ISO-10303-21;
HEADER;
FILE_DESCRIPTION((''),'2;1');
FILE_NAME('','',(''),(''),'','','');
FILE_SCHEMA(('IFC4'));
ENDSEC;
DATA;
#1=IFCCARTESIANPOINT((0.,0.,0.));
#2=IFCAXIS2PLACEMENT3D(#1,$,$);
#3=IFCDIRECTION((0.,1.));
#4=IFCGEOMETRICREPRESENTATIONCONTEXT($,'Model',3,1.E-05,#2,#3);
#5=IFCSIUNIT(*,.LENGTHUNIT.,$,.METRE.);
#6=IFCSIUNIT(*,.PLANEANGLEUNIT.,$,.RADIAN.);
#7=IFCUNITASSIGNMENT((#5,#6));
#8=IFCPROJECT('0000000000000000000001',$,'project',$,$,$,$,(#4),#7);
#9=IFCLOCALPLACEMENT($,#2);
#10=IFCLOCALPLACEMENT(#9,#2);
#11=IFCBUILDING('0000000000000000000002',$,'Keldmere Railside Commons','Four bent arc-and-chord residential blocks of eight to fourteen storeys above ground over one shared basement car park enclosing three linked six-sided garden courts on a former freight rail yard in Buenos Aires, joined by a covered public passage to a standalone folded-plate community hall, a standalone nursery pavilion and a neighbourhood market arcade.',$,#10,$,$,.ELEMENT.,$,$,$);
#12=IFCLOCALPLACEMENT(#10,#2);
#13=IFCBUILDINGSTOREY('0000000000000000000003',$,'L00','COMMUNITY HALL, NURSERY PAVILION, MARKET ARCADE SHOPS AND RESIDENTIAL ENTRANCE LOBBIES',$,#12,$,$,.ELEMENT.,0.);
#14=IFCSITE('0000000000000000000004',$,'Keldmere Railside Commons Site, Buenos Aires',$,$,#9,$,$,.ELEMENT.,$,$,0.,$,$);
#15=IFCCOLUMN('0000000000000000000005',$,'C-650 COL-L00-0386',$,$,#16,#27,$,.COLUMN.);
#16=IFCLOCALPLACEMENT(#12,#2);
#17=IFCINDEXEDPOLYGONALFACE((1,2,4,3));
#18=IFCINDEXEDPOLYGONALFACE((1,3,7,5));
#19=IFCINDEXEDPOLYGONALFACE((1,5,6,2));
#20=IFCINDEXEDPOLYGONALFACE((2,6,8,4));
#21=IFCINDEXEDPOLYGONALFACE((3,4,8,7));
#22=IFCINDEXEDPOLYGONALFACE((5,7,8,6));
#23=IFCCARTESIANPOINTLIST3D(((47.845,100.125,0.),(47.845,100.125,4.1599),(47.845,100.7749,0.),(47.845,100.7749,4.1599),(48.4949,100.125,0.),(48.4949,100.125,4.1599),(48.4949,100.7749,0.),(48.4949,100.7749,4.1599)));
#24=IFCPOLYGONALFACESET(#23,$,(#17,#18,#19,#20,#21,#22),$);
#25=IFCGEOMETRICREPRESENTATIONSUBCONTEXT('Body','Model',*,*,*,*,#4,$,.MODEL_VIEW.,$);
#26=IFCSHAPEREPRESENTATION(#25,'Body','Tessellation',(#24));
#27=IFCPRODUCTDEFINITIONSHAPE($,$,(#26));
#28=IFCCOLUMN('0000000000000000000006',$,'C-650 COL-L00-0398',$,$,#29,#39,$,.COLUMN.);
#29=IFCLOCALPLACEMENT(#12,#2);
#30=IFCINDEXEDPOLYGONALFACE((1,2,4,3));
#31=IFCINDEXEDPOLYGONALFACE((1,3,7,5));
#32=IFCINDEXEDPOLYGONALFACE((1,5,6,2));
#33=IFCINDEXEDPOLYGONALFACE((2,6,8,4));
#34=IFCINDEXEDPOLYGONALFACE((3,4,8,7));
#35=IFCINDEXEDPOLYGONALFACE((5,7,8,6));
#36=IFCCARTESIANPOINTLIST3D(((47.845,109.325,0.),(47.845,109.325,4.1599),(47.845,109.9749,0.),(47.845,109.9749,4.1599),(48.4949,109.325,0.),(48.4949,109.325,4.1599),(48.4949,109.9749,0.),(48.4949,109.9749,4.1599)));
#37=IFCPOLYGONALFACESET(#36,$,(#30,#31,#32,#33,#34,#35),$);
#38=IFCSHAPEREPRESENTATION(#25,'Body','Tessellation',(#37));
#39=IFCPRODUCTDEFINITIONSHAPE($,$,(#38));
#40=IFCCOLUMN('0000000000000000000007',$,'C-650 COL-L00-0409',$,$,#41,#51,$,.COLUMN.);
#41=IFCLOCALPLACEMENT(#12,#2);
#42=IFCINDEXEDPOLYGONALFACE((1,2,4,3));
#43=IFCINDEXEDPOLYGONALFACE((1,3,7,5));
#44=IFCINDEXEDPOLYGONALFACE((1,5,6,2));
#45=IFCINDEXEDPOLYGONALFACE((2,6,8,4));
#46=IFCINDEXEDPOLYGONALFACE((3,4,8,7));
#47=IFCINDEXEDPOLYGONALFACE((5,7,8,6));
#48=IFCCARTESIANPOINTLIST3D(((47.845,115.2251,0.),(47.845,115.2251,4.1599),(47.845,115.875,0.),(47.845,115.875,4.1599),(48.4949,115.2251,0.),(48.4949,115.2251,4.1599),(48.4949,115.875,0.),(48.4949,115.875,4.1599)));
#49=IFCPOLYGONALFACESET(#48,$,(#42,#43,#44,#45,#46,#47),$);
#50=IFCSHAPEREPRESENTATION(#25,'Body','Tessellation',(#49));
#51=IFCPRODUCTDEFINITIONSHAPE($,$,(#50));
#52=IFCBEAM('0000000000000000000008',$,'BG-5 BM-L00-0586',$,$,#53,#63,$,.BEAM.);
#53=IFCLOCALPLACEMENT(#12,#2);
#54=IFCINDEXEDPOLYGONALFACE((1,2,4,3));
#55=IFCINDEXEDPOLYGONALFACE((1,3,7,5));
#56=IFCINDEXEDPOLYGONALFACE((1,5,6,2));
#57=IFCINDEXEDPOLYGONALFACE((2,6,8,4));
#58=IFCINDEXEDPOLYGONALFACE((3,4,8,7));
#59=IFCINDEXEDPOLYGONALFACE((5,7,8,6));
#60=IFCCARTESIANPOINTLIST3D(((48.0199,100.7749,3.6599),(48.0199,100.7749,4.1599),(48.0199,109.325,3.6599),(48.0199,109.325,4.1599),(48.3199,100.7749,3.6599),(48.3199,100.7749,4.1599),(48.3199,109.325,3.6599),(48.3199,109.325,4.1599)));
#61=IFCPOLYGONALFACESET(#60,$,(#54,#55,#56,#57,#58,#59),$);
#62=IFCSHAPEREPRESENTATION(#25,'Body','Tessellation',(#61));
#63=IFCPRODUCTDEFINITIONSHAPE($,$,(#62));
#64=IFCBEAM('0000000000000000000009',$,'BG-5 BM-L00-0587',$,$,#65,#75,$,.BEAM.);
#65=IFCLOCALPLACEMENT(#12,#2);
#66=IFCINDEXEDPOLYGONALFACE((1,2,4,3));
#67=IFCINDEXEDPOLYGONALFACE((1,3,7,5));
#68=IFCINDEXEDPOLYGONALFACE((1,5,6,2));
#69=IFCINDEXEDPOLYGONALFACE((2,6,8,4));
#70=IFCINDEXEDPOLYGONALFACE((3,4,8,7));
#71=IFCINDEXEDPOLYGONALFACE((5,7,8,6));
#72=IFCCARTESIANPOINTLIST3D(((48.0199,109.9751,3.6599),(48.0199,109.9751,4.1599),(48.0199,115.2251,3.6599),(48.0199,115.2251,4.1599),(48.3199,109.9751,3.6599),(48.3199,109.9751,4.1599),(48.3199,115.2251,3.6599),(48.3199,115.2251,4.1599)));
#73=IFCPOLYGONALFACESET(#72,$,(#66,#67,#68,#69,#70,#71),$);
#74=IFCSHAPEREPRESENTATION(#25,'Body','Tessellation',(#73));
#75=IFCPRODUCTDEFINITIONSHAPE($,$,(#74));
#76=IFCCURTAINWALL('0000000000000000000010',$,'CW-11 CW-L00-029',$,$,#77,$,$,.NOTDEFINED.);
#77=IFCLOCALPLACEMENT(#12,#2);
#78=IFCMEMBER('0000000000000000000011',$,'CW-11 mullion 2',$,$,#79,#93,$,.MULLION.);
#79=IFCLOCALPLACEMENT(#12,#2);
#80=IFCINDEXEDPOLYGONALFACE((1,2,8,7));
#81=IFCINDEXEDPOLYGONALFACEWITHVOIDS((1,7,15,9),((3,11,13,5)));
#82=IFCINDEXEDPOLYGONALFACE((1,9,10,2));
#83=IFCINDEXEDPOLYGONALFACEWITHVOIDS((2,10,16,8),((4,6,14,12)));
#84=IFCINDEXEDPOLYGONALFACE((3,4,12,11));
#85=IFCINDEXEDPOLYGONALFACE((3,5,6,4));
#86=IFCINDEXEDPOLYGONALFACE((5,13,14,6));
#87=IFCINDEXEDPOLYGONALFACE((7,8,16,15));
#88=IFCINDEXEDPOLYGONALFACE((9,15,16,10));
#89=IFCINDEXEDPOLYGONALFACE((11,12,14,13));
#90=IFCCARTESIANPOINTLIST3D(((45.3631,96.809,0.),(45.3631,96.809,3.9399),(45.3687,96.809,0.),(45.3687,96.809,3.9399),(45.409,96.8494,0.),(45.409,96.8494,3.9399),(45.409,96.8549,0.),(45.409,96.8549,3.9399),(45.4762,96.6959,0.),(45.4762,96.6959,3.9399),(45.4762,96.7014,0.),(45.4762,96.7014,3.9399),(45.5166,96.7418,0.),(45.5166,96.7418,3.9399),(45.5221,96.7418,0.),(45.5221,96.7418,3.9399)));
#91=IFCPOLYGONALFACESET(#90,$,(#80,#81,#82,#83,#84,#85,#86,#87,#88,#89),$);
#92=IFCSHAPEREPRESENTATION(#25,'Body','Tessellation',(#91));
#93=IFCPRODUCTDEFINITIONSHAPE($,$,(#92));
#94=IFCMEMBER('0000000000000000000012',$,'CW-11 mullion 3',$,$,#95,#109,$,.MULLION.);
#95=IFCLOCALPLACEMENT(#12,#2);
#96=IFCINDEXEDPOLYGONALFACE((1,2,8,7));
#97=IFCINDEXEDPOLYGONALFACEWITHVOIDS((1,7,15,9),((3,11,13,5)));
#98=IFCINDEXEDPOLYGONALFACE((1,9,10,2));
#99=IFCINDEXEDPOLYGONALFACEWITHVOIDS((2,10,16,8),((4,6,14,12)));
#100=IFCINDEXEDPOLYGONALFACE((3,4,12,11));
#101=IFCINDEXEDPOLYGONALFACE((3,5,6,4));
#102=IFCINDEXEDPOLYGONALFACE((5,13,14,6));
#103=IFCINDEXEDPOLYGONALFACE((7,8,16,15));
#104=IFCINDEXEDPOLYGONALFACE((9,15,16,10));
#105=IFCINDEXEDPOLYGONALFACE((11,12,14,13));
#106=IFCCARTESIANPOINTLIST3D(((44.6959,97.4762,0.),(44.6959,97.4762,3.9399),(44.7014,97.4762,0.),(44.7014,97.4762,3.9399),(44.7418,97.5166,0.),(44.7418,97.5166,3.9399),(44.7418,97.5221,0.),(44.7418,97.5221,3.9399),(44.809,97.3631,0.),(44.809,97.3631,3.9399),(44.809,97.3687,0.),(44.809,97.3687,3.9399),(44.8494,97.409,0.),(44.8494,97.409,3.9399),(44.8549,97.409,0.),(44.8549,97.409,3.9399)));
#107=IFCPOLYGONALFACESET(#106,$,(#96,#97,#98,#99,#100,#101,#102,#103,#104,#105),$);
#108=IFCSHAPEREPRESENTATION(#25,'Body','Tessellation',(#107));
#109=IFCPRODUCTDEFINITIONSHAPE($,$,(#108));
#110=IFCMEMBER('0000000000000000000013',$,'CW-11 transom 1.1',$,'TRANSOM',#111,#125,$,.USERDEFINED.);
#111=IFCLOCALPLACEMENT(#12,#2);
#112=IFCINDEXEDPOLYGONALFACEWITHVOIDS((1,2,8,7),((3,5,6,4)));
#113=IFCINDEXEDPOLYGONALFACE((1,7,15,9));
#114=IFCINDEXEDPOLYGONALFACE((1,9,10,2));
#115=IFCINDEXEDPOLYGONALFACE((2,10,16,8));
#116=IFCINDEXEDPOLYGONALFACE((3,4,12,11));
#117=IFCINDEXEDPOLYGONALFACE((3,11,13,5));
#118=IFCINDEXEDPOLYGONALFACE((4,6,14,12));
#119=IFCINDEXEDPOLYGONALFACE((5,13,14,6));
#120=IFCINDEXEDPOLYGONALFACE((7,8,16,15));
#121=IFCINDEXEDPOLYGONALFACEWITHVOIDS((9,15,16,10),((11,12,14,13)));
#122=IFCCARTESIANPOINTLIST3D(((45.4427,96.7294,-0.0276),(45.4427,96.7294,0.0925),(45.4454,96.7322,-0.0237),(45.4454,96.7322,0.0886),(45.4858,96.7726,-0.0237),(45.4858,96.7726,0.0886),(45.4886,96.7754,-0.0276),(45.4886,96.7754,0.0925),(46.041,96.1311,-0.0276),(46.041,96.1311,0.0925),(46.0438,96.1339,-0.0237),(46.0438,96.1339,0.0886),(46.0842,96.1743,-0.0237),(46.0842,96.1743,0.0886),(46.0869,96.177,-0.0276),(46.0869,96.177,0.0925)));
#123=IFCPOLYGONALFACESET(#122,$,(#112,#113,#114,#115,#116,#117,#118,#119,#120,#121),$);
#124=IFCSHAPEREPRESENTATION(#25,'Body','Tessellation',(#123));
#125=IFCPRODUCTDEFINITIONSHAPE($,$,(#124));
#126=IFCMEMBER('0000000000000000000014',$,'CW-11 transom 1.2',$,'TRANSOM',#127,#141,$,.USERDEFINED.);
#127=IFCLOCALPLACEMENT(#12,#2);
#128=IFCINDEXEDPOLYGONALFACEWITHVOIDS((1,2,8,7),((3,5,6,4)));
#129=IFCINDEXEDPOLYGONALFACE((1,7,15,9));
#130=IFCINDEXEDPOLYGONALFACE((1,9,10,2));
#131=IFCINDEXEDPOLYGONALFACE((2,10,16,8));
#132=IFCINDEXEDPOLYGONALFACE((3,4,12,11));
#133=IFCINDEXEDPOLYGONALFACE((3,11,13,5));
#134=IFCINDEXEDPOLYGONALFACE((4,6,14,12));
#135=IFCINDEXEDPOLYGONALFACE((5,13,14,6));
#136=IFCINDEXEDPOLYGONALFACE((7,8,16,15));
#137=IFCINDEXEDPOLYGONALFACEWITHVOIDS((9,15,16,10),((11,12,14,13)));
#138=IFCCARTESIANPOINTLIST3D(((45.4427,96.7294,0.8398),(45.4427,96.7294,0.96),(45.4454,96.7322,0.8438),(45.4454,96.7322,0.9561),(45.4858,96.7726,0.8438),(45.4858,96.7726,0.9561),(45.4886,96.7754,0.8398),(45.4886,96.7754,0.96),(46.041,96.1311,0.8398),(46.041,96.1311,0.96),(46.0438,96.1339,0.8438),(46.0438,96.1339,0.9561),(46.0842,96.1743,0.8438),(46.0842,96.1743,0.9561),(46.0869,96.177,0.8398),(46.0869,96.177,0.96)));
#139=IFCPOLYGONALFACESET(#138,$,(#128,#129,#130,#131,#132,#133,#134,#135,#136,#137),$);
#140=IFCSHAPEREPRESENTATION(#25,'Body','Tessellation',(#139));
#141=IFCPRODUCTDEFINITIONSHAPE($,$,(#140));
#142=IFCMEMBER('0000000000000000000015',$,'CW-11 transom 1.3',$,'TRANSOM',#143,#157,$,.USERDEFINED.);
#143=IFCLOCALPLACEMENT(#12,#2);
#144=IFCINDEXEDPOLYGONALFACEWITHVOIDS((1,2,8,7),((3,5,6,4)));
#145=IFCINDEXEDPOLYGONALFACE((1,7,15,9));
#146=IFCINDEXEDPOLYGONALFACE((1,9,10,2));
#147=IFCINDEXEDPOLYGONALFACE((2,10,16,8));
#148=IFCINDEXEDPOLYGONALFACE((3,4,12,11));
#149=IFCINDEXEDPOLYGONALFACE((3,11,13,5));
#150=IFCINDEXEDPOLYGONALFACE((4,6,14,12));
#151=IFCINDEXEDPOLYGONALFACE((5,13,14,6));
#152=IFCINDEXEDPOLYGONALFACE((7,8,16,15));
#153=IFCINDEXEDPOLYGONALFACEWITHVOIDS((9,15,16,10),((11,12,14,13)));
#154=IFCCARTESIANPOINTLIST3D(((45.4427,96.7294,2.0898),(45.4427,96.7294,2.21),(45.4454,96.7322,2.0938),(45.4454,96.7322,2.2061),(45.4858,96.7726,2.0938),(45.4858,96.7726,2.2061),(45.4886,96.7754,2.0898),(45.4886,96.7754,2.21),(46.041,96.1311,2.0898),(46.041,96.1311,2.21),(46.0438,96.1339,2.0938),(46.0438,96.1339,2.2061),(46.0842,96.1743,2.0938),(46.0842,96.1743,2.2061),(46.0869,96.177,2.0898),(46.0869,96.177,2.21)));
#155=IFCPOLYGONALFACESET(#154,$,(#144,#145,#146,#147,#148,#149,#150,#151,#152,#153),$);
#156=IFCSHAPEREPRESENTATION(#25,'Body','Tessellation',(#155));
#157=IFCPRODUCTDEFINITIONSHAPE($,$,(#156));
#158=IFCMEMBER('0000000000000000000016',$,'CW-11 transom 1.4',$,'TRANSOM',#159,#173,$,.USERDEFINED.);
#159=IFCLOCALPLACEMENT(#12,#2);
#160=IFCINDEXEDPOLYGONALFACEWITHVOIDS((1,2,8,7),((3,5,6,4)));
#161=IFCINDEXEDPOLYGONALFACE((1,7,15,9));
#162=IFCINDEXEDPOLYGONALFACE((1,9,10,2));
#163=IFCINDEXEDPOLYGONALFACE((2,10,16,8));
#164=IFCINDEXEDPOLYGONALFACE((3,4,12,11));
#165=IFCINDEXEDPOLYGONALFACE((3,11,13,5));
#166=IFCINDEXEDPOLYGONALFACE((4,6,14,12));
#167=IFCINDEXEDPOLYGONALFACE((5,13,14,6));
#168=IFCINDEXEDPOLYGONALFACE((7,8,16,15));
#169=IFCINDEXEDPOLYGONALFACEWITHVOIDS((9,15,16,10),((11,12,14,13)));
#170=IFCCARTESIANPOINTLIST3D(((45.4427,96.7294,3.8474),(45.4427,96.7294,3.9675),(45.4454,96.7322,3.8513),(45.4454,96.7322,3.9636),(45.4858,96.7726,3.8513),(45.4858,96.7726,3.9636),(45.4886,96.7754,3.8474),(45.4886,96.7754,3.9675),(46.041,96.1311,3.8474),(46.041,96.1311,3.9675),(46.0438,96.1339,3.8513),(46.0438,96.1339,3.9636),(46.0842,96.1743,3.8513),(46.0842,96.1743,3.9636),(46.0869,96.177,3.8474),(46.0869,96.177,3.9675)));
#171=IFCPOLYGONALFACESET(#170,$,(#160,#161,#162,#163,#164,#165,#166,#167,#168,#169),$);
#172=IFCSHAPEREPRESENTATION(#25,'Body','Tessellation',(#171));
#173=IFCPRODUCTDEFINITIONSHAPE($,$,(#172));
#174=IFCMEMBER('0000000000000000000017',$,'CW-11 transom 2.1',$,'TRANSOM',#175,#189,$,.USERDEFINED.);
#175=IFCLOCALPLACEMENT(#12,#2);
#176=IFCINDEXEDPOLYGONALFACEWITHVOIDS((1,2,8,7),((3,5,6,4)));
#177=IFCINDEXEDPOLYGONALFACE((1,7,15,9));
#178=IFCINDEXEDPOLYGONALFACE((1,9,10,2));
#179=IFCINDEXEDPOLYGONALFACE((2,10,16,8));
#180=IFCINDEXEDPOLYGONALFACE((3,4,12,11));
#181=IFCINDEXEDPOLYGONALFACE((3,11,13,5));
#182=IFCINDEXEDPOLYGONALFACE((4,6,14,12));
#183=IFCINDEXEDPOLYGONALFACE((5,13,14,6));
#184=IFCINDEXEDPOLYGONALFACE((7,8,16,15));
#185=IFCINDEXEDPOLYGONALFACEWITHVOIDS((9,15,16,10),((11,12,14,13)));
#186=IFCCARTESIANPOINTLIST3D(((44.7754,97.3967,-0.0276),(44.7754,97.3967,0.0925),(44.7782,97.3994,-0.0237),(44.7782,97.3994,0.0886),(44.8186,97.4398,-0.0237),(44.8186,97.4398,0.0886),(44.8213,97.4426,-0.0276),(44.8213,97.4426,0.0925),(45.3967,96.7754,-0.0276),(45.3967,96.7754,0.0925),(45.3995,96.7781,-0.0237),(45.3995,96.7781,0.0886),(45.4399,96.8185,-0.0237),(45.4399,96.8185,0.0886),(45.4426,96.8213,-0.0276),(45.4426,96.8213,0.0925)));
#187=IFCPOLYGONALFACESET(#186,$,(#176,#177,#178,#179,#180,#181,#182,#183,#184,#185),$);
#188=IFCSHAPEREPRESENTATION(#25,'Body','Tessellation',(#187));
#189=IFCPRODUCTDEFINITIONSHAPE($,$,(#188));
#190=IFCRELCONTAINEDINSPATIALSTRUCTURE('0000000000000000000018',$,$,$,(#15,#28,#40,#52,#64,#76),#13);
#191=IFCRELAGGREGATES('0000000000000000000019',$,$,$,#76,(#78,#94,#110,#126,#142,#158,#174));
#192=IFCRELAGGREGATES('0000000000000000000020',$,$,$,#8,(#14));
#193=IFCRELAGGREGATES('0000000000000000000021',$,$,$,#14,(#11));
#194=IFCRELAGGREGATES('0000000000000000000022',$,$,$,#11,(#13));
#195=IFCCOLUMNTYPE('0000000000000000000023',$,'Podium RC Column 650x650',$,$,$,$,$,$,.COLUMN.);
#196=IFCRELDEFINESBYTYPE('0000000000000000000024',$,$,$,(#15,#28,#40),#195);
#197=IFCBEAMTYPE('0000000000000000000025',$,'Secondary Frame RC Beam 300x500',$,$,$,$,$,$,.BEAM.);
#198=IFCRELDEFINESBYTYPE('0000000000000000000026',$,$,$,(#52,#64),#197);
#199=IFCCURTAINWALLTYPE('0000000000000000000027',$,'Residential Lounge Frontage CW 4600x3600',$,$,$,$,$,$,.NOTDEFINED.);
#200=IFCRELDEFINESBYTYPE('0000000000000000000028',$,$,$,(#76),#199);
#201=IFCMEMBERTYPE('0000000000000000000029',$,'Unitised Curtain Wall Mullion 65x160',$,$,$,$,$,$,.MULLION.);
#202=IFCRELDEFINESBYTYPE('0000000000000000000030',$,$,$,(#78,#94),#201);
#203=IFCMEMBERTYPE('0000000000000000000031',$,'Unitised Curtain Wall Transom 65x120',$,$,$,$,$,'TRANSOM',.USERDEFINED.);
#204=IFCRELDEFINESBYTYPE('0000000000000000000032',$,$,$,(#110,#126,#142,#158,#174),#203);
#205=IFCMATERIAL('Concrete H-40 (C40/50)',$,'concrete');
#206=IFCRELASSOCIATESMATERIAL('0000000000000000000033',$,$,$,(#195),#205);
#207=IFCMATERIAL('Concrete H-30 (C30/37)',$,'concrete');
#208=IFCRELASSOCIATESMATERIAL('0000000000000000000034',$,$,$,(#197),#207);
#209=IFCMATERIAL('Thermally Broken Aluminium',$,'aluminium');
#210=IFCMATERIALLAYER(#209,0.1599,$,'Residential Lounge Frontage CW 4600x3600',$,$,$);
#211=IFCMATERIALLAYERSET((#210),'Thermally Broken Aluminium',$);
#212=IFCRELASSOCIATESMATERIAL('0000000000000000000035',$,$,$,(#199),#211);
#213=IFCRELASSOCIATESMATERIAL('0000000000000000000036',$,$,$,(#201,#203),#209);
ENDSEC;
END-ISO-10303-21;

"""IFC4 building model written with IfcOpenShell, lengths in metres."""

from ifc_helpers import new_model, si_unit, direction, frame, origin, origin_2d, place, context, subcontext, project, spatial, rectangle, hollow_rectangle, extrude, material, layer, layer_set, material_profile, profile_set, type_object, element, aggregate, save


model = new_model("IFC4")

# Units and contexts
model_context = context("Model", 3, precision=1e-05, world=origin(), true_north=direction((0.0, 1.0)))
body_context = subcontext(model_context, "Body", "Model", "MODEL_VIEW")
ifc_project = project(units=[si_unit("LENGTHUNIT", "METRE"), si_unit("PLANEANGLEUNIT", "RADIAN")], contexts=[model_context])

# Site, building, storey
site_placement = place(None, origin())
site = spatial("IfcSite", under=ifc_project, at=site_placement, Name="Keldmere Railside Commons Site, Buenos Aires", CompositionType="ELEMENT", RefElevation=0.0)
building_placement = place(site_placement, origin())
building = spatial("IfcBuilding", under=site, at=building_placement, Name="Keldmere Railside Commons", Description="Four bent arc-and-chord residential blocks of eight to fourteen storeys above ground over one shared basement car park enclosing three linked six-sided garden courts on a former freight rail yard in Buenos Aires, joined by a covered public passage to a standalone folded-plate community hall, a standalone nursery pavilion and a neighbourhood market arcade.", CompositionType="ELEMENT")
storey_placement = place(building_placement, origin())
storey = spatial("IfcBuildingStorey", under=building, at=storey_placement, Name="L00", Description="COMMUNITY HALL, NURSERY PAVILION, MARKET ARCADE SHOPS AND RESIDENTIAL ENTRANCE LOBBIES", CompositionType="ELEMENT", Elevation=0.0)

# Columns
ifc_material_1 = material(Name="Concrete H-40 (C40/50)", Category="concrete")
ifc_material_profile_1 = material_profile(ifc_material_1, rectangle(XDim=0.6499, YDim=0.6499, at=origin_2d()), Name="RC-650x650")
ifc_profile_set_1 = profile_set([ifc_material_profile_1], Name="Concrete H-40 (C40/50)")
column_type = type_object("IfcColumnType", Name="Podium RC Column 650x650", PredefinedType="COLUMN", material=ifc_profile_set_1)
for number, where, z_axis, x_axis, name in (
    (1, (48.1699, 100.45, 0.0), (0.0, 0.0, 1.0), (1.0, 0.0, 0.0), "C-650 COL-L00-0386"),
    (2, (48.1699, 109.6499, 0.0), (0.0, 0.0, 1.0), (1.0, 0.0, 0.0), "C-650 COL-L00-0398"),
    (3, (48.1699, 115.55, 0.0), (0.0, 0.0, 1.0), (1.0, 0.0, 0.0), "C-650 COL-L00-0409"),
):
    element("IfcColumn", number, at=place(storey_placement, frame(where, z_axis=z_axis, x_axis=x_axis)), inside=storey, type_object=column_type, Name=name, PredefinedType="COLUMN", context=body_context, shape_type="SweptSolid", body=[
        extrude(rectangle(XDim=0.6499, YDim=0.6499, at=origin_2d()), origin(), (0.0, 0.0, 1.0), 4.1599),
    ])

# Beams
ifc_material_2 = material(Name="Concrete H-30 (C30/37)", Category="concrete")
ifc_material_profile_2 = material_profile(ifc_material_2, rectangle(XDim=0.3, YDim=0.5, at=origin_2d()), Name="RC-300x500")
ifc_profile_set_2 = profile_set([ifc_material_profile_2], Name="Concrete H-30 (C30/37)")
beam_type = type_object("IfcBeamType", Name="Secondary Frame RC Beam 300x500", PredefinedType="BEAM", material=ifc_profile_set_2)
beam_1_placement = place(storey_placement, frame((48.1699, 100.7749, 3.9099), z_axis=(0.0, 1.0, 0.0), x_axis=(-1.0, 0.0, 0.0)))
element("IfcBeam", 4, at=beam_1_placement, inside=storey, type_object=beam_type, Name="BG-5 BM-L00-0586", PredefinedType="BEAM", context=body_context, shape_type="SweptSolid", body=[
    extrude(rectangle(XDim=0.3, YDim=0.5, at=origin_2d()), origin(), (0.0, 0.0, 1.0), 8.55),
])
beam_2_placement = place(storey_placement, frame((48.1699, 109.9751, 3.9099), z_axis=(0.0, 1.0, 0.0), x_axis=(-1.0, 0.0, 0.0)))
element("IfcBeam", 5, at=beam_2_placement, inside=storey, type_object=beam_type, Name="BG-5 BM-L00-0587", PredefinedType="BEAM", context=body_context, shape_type="SweptSolid", body=[
    extrude(rectangle(XDim=0.3, YDim=0.5, at=origin_2d()), origin(), (0.0, 0.0, 1.0), 5.25),
])

# Curtain wall, members
ifc_material_3 = material(Name="Thermally Broken Aluminium", Category="aluminium")
ifc_layer_1 = layer(ifc_material_3, 0.1599, Name="Residential Lounge Frontage CW 4600x3600")
ifc_layer_set_1 = layer_set([ifc_layer_1], Name="Thermally Broken Aluminium")
curtain_wall_type = type_object("IfcCurtainWallType", Name="Residential Lounge Frontage CW 4600x3600", PredefinedType="NOTDEFINED", material=ifc_layer_set_1)
curtain_wall_placement = place(storey_placement, origin())
curtain_wall = element("IfcCurtainWall", 6, at=curtain_wall_placement, inside=storey, type_object=curtain_wall_type, Name="CW-11 CW-L00-029", PredefinedType="NOTDEFINED")
ifc_material_profile_3 = material_profile(ifc_material_3, hollow_rectangle(XDim=0.0649, YDim=0.1599, WallThickness=0.0039, at=origin_2d()), Name="ALU-MULL-65x160")
ifc_profile_set_3 = profile_set([ifc_material_profile_3], Name="Thermally Broken Aluminium")
member_type_1 = type_object("IfcMemberType", Name="Unitised Curtain Wall Mullion 65x160", PredefinedType="MULLION", material=ifc_profile_set_3)
member_1_placement = place(storey_placement, frame((45.4426, 96.7754, 0.0), z_axis=(0.0, 0.0, 1.0), x_axis=(-0.707107, -0.707107, 0.0)))
member_1 = element("IfcMember", 7, at=member_1_placement, type_object=member_type_1, Name="CW-11 mullion 2", PredefinedType="MULLION", context=body_context, shape_type="SweptSolid", body=[
    extrude(hollow_rectangle(XDim=0.0649, YDim=0.1599, WallThickness=0.0039, at=origin_2d()), origin(), (0.0, 0.0, 1.0), 3.9399),
])
member_2_placement = place(storey_placement, frame((44.7754, 97.4426, 0.0), z_axis=(0.0, 0.0, 1.0), x_axis=(-0.707107, -0.707107, 0.0)))
member_2 = element("IfcMember", 8, at=member_2_placement, type_object=member_type_1, Name="CW-11 mullion 3", PredefinedType="MULLION", context=body_context, shape_type="SweptSolid", body=[
    extrude(hollow_rectangle(XDim=0.0649, YDim=0.1599, WallThickness=0.0039, at=origin_2d()), origin(), (0.0, 0.0, 1.0), 3.9399),
])
ifc_material_profile_4 = material_profile(ifc_material_3, hollow_rectangle(XDim=0.0649, YDim=0.1201, WallThickness=0.0039, at=origin_2d()), Name="ALU-TRAN-65x120")
ifc_profile_set_4 = profile_set([ifc_material_profile_4], Name="Thermally Broken Aluminium")
member_type_2 = type_object("IfcMemberType", Name="Unitised Curtain Wall Transom 65x120", ElementType="TRANSOM", PredefinedType="USERDEFINED", material=ifc_profile_set_4)
member_3_placement = place(storey_placement, frame((46.064, 96.1541, 0.0325), z_axis=(-0.707107, 0.707107, 0.0), x_axis=(-0.707107, -0.707107, 0.0)))
member_3 = element("IfcMember", 9, at=member_3_placement, type_object=member_type_2, Name="CW-11 transom 1.1", ObjectType="TRANSOM", PredefinedType="USERDEFINED", context=body_context, shape_type="SweptSolid", body=[
    extrude(hollow_rectangle(XDim=0.0649, YDim=0.1201, WallThickness=0.0039, at=origin_2d()), origin(), (0.0, 0.0, 1.0), 0.8462),
])
member_4_placement = place(storey_placement, frame((46.064, 96.1541, 0.8999), z_axis=(-0.707107, 0.707107, 0.0), x_axis=(-0.707107, -0.707107, 0.0)))
member_4 = element("IfcMember", 10, at=member_4_placement, type_object=member_type_2, Name="CW-11 transom 1.2", ObjectType="TRANSOM", PredefinedType="USERDEFINED", context=body_context, shape_type="SweptSolid", body=[
    extrude(hollow_rectangle(XDim=0.0649, YDim=0.1201, WallThickness=0.0039, at=origin_2d()), origin(), (0.0, 0.0, 1.0), 0.8462),
])
member_5_placement = place(storey_placement, frame((46.064, 96.1541, 2.1499), z_axis=(-0.707107, 0.707107, 0.0), x_axis=(-0.707107, -0.707107, 0.0)))
member_5 = element("IfcMember", 11, at=member_5_placement, type_object=member_type_2, Name="CW-11 transom 1.3", ObjectType="TRANSOM", PredefinedType="USERDEFINED", context=body_context, shape_type="SweptSolid", body=[
    extrude(hollow_rectangle(XDim=0.0649, YDim=0.1201, WallThickness=0.0039, at=origin_2d()), origin(), (0.0, 0.0, 1.0), 0.8462),
])
member_6_placement = place(storey_placement, frame((46.064, 96.1541, 3.9075), z_axis=(-0.707107, 0.707107, 0.0), x_axis=(-0.707107, -0.707107, 0.0)))
member_6 = element("IfcMember", 12, at=member_6_placement, type_object=member_type_2, Name="CW-11 transom 1.4", ObjectType="TRANSOM", PredefinedType="USERDEFINED", context=body_context, shape_type="SweptSolid", body=[
    extrude(hollow_rectangle(XDim=0.0649, YDim=0.1201, WallThickness=0.0039, at=origin_2d()), origin(), (0.0, 0.0, 1.0), 0.8462),
])
member_7_placement = place(storey_placement, frame((45.4197, 96.7983, 0.0325), z_axis=(-0.707107, 0.707107, 0.0), x_axis=(-0.707107, -0.707107, 0.0)))
member_7 = element("IfcMember", 13, at=member_7_placement, type_object=member_type_2, Name="CW-11 transom 2.1", ObjectType="TRANSOM", PredefinedType="USERDEFINED", context=body_context, shape_type="SweptSolid", body=[
    extrude(hollow_rectangle(XDim=0.0649, YDim=0.1201, WallThickness=0.0039, at=origin_2d()), origin(), (0.0, 0.0, 1.0), 0.8787),
])
aggregate(curtain_wall, [member_1, member_2, member_3, member_4, member_5, member_6, member_7])

save(model, "model.ifc")
